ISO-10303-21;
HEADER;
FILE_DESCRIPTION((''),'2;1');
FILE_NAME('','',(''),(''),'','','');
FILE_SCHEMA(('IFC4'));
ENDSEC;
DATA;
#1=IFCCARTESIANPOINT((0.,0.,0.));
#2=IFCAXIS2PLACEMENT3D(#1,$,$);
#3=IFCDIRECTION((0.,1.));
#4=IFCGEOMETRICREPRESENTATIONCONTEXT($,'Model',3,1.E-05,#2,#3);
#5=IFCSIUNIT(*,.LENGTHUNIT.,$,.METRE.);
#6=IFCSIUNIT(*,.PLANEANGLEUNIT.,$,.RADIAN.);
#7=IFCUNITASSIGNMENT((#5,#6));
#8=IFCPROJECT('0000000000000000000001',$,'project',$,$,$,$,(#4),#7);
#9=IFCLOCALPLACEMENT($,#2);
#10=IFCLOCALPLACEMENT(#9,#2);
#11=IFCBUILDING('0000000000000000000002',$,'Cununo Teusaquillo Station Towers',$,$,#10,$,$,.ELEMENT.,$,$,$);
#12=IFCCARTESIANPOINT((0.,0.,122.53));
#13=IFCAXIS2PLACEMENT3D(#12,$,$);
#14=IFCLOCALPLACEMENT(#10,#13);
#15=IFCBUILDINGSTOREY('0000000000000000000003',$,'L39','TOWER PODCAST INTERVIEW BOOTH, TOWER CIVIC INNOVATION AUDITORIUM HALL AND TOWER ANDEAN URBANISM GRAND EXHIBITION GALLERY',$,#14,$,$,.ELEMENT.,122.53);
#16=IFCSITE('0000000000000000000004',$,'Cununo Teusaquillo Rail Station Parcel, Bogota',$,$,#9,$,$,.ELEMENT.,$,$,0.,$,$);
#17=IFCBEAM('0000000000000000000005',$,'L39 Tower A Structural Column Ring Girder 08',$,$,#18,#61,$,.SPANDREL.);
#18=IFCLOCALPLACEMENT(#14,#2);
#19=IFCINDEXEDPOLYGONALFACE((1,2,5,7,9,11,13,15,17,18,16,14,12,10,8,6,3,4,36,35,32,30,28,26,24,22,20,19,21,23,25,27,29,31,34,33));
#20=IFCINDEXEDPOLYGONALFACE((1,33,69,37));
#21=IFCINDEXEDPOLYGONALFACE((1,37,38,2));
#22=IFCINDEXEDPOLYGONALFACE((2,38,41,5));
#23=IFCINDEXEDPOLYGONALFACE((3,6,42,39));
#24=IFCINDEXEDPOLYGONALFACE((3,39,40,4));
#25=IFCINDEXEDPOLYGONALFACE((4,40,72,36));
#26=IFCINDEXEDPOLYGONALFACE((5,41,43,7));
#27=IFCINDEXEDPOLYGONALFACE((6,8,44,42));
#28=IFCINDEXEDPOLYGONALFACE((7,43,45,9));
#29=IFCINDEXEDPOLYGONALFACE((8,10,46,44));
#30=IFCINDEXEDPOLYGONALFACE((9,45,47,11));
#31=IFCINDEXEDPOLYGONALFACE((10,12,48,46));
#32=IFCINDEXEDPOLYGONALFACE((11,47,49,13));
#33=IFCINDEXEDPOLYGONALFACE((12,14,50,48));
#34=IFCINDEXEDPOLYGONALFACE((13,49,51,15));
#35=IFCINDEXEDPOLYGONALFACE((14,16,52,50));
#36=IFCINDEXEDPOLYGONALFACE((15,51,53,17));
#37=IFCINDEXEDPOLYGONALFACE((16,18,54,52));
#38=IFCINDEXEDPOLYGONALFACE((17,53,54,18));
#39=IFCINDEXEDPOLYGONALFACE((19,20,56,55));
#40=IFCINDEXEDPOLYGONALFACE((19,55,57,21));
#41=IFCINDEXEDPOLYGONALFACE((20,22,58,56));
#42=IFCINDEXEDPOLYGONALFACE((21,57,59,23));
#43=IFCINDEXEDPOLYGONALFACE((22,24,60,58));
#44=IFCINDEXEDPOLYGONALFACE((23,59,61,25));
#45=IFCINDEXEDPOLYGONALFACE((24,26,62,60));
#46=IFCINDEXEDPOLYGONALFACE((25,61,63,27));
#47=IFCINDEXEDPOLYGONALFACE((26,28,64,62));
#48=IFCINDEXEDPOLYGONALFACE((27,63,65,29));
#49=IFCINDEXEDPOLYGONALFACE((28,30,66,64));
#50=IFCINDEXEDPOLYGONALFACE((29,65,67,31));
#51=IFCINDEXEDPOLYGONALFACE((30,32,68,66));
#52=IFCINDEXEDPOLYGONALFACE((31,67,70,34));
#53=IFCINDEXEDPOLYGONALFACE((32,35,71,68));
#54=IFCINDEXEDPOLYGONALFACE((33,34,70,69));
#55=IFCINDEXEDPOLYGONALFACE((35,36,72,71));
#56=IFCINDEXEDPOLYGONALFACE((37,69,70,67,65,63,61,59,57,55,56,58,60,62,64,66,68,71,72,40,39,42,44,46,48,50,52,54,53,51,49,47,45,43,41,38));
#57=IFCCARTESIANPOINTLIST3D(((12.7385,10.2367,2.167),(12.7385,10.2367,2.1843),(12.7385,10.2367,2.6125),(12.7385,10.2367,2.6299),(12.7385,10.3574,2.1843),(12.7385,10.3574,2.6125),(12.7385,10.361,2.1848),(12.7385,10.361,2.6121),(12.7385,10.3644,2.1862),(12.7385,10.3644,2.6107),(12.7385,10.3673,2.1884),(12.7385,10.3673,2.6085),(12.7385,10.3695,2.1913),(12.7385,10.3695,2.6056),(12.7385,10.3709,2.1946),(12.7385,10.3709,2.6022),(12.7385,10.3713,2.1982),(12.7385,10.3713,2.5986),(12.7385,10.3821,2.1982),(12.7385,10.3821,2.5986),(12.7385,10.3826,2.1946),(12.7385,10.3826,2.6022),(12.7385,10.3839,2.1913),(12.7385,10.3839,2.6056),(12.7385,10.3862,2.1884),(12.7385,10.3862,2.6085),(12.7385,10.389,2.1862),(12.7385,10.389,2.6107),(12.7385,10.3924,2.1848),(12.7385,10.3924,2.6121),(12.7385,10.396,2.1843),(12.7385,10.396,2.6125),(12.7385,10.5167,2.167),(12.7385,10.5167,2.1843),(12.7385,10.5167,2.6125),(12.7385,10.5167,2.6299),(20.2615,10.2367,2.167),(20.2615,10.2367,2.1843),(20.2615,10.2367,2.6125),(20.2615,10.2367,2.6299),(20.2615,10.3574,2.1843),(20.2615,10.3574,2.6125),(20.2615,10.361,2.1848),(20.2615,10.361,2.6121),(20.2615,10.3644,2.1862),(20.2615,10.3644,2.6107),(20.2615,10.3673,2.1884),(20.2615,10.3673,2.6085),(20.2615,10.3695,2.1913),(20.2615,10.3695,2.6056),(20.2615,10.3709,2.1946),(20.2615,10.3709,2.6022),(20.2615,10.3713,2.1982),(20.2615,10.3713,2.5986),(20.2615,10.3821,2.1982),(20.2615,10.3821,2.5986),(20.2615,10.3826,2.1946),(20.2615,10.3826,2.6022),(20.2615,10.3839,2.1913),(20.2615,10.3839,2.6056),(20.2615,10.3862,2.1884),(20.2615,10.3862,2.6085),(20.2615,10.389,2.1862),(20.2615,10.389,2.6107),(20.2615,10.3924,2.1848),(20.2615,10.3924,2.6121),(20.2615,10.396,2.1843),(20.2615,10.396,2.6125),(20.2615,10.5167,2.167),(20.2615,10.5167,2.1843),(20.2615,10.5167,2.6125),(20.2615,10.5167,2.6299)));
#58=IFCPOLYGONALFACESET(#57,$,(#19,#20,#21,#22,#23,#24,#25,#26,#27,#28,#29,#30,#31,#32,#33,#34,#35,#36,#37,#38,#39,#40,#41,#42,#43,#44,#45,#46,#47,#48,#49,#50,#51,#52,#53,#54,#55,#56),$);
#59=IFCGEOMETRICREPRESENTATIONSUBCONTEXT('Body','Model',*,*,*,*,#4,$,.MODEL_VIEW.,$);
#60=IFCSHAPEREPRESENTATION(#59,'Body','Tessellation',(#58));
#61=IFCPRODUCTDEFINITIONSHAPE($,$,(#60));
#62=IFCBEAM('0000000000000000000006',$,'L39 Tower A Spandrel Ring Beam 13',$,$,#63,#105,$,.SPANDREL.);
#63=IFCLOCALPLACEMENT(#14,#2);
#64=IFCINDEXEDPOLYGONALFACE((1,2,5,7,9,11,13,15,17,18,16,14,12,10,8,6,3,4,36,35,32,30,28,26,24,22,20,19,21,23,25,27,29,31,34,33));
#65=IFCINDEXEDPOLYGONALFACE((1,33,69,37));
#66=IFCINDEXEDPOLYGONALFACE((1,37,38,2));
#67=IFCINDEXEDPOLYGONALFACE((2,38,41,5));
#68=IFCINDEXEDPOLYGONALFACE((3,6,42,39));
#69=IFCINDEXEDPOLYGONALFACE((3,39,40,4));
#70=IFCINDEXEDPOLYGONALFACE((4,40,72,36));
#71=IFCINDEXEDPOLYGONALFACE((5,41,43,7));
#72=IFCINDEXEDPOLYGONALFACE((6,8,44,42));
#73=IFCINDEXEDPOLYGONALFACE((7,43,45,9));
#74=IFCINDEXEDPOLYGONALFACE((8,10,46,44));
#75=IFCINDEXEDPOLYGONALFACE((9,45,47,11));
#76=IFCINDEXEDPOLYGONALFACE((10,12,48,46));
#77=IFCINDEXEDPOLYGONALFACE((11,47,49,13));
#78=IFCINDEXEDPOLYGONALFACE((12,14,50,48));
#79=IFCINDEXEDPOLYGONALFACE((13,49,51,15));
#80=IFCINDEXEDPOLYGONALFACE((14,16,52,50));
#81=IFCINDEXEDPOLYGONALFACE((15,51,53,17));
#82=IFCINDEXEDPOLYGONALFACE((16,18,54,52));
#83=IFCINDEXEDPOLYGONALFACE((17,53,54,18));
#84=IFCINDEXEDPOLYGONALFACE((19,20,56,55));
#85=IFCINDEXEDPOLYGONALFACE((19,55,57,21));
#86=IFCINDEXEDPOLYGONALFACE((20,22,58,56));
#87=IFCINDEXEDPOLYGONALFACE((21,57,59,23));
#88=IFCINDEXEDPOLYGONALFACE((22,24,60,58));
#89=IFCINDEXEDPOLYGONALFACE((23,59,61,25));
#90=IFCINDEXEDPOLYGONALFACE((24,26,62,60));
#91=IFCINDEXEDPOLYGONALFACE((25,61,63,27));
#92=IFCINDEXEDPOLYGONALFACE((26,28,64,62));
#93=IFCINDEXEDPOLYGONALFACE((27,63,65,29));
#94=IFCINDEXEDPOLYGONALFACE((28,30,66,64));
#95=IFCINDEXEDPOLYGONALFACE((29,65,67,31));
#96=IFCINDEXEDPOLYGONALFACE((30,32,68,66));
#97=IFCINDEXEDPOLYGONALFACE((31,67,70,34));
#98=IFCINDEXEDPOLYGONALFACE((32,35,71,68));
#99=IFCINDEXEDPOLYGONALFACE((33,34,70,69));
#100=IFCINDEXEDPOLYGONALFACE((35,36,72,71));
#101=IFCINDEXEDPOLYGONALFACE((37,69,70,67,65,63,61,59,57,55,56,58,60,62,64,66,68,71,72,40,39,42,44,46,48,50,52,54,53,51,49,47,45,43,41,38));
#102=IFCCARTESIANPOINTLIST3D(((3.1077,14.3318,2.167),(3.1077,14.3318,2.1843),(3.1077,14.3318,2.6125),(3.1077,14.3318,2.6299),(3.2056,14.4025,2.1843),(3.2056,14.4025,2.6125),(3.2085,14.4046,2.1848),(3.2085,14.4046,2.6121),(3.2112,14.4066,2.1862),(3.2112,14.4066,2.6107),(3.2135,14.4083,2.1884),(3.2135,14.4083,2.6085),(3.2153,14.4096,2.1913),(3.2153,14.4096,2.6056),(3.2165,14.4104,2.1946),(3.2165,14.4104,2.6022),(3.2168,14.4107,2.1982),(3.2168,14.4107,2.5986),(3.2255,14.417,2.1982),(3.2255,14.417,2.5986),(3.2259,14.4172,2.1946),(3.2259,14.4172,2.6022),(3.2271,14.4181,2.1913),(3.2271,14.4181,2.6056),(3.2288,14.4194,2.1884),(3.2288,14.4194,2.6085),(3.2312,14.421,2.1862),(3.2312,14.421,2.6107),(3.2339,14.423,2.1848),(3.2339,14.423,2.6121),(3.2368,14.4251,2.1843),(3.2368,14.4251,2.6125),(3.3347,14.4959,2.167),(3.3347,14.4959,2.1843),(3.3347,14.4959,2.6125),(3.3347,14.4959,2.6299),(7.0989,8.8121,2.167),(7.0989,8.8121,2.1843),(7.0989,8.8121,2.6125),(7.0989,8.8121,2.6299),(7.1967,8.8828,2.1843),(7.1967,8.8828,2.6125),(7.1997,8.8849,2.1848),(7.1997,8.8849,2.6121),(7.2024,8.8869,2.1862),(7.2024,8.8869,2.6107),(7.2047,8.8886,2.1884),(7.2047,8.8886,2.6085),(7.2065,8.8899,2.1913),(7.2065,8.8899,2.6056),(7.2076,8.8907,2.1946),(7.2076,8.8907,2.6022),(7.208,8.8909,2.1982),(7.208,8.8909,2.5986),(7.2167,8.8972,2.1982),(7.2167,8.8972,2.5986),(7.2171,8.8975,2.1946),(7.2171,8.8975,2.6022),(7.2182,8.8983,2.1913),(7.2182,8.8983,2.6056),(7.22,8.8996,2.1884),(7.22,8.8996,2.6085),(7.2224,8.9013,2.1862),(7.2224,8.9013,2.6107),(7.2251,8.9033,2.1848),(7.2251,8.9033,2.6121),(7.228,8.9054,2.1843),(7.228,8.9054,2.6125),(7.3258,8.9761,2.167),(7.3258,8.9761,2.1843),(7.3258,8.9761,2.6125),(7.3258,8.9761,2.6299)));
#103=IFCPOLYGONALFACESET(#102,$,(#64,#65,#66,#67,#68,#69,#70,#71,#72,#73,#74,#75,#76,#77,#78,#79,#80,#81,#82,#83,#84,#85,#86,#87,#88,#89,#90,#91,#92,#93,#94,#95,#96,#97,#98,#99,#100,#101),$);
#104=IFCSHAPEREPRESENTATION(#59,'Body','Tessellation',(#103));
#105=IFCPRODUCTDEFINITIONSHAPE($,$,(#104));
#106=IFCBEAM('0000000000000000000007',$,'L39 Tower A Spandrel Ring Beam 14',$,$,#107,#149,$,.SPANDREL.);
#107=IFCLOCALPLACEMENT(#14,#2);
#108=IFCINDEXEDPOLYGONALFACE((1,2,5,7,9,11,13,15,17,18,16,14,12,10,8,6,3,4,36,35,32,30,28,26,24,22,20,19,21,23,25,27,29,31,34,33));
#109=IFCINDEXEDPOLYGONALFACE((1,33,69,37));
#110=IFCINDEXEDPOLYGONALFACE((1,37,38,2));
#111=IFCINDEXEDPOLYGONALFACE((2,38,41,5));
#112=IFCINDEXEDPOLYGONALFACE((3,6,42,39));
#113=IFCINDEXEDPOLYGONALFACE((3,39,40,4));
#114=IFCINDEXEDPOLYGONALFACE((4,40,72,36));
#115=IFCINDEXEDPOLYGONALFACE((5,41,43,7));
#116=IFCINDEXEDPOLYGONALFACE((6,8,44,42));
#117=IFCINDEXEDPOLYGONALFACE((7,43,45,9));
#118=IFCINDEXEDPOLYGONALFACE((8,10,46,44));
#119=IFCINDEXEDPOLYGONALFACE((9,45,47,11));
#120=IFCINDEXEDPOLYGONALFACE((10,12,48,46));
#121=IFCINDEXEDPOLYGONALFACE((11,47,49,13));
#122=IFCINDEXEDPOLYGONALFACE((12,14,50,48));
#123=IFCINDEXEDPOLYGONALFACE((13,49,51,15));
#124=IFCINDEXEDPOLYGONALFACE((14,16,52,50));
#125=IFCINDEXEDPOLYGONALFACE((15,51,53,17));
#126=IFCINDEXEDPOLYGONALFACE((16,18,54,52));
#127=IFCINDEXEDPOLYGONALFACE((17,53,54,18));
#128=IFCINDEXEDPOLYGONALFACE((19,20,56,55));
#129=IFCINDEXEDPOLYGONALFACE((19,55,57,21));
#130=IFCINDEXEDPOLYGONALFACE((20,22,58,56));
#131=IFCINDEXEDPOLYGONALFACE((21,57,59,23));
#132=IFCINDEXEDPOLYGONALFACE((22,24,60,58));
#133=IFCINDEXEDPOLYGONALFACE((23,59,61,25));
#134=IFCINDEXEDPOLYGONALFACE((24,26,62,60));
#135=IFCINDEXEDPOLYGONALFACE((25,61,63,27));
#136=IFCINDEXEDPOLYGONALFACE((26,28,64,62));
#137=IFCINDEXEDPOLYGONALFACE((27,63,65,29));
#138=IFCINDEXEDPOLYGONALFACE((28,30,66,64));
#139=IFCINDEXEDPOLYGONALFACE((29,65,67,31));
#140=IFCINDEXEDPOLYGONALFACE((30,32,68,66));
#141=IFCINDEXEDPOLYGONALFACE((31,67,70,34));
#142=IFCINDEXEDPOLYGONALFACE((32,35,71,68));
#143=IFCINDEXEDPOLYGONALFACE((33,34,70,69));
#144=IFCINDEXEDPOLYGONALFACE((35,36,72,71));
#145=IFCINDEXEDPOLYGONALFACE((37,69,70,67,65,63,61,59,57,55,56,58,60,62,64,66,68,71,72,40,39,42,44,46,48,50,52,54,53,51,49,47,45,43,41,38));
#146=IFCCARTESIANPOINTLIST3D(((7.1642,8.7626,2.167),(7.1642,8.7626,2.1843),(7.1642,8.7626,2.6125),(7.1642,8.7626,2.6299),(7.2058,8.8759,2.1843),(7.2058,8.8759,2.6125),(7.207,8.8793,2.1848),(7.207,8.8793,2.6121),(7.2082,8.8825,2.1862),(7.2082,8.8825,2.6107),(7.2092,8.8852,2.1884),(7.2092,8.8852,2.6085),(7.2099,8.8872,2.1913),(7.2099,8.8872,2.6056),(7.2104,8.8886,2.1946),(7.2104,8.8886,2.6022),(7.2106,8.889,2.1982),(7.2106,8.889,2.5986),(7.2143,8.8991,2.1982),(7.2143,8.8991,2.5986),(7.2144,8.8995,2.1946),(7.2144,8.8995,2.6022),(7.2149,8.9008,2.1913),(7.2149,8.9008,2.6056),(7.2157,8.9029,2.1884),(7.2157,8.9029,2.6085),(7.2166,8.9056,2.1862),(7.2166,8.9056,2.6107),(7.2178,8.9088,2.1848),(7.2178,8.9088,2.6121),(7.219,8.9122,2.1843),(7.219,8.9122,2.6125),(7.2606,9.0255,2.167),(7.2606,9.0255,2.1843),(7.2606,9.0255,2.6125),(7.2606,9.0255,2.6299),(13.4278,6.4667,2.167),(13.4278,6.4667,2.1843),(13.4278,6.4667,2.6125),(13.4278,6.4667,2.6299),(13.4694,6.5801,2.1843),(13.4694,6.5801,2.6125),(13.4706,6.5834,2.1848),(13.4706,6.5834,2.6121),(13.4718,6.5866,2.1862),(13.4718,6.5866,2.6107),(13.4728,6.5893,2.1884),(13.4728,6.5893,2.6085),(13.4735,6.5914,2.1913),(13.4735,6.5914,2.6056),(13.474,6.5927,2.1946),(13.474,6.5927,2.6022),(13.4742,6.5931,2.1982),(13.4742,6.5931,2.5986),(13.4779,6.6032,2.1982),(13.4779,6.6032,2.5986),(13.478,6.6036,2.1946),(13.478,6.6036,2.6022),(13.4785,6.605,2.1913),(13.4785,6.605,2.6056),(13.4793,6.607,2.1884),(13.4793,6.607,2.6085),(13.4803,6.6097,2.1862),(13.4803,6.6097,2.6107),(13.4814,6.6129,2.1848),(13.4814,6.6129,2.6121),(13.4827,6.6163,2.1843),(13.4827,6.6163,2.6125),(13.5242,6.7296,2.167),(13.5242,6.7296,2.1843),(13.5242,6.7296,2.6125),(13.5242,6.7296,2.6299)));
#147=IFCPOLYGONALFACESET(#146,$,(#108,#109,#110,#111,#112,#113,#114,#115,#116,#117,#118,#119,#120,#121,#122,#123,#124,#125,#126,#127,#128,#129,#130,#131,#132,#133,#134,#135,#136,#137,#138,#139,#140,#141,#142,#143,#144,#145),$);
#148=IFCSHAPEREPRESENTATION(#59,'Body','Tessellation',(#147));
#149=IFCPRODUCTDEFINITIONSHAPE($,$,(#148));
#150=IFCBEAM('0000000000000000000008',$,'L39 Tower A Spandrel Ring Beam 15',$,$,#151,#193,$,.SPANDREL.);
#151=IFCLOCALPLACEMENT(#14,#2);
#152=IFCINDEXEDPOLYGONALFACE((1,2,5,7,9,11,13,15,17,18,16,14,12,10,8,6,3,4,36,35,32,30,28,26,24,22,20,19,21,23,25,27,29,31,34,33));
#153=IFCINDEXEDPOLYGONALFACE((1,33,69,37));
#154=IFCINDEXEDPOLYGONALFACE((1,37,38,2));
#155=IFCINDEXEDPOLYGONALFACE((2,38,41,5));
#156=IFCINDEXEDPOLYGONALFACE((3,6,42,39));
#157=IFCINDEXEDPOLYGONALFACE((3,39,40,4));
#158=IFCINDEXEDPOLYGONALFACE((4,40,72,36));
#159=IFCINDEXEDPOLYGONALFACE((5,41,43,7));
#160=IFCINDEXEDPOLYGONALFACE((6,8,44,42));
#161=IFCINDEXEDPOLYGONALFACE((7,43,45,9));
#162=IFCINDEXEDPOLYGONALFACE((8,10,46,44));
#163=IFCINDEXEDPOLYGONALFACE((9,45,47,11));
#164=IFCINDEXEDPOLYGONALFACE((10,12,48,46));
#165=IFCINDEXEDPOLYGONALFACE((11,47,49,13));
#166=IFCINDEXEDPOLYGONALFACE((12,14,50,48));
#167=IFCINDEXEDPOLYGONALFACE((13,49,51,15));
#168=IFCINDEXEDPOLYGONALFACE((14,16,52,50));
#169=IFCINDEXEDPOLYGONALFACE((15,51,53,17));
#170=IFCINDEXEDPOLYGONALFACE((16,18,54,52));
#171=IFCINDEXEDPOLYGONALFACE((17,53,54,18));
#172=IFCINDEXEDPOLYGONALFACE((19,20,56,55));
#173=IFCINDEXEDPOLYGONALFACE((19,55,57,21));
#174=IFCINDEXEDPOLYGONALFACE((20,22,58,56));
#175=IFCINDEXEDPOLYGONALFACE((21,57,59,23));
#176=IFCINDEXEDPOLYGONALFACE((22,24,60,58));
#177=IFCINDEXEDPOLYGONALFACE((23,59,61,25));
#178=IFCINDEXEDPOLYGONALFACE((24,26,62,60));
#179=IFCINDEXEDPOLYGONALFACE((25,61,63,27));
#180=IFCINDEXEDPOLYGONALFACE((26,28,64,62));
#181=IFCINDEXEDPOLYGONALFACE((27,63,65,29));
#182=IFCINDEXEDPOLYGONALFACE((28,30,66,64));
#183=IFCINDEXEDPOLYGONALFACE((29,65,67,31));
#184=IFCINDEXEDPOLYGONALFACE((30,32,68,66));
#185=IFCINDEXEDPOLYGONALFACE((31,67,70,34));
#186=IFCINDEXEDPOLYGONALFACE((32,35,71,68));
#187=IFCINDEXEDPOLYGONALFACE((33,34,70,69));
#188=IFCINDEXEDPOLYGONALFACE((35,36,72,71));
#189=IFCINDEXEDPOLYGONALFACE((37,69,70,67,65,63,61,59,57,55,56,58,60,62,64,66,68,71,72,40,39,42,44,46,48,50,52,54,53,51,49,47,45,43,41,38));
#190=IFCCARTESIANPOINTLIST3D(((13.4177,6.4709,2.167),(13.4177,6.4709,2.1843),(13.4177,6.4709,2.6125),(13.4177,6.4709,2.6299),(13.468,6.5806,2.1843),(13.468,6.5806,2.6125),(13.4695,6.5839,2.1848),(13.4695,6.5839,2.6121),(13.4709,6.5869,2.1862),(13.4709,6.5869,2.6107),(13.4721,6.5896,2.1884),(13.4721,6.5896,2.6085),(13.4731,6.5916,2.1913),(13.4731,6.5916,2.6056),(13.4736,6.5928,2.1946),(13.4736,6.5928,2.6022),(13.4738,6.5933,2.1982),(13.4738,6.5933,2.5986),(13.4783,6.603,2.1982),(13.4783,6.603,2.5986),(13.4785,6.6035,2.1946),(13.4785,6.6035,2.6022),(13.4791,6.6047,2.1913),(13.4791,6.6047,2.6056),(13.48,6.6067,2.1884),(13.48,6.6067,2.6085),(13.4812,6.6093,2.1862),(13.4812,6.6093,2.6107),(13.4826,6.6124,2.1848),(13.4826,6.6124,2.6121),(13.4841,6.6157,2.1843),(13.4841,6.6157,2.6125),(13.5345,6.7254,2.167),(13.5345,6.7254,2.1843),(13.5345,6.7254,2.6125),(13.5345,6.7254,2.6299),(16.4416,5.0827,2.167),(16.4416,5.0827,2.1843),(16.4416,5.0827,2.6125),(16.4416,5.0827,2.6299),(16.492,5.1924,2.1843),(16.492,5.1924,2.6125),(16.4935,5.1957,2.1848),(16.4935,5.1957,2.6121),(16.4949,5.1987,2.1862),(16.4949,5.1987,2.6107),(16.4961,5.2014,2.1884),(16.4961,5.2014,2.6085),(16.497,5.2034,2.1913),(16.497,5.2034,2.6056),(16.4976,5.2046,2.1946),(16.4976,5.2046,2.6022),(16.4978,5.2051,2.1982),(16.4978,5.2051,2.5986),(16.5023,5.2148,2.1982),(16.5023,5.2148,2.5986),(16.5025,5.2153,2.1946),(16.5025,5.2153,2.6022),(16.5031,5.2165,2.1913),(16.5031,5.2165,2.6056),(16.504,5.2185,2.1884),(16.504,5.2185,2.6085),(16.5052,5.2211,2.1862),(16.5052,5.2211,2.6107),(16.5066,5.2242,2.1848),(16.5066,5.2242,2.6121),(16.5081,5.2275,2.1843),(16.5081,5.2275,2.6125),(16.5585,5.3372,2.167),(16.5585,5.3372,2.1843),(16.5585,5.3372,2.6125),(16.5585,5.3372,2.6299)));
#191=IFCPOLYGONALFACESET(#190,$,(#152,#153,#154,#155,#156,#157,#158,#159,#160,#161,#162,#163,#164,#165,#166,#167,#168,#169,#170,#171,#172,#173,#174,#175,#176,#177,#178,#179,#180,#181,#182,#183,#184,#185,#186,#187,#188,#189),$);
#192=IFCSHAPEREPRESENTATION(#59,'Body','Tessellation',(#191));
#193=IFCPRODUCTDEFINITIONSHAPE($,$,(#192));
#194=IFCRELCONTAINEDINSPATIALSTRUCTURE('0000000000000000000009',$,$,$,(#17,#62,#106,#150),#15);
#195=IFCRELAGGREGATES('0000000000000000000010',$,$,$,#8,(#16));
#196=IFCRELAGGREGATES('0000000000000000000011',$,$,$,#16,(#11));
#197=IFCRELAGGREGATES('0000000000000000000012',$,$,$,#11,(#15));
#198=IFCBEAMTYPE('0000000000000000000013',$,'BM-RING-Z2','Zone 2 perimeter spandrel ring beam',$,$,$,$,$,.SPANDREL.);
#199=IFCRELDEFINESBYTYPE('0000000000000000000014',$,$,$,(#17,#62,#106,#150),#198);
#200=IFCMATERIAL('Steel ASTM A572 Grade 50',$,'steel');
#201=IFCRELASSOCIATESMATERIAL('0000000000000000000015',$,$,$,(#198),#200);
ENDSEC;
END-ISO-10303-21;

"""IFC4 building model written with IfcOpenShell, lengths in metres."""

from ifc_helpers import new_model, si_unit, direction, frame, origin, origin_2d, place, context, subcontext, project, spatial, i_section, extrude, material, material_profile, profile_set, type_object, element, save


model = new_model("IFC4")

# Units and contexts
model_context = context("Model", 3, precision=1e-05, world=origin(), true_north=direction((0.0, 1.0)))
body_context = subcontext(model_context, "Body", "Model", "MODEL_VIEW")
ifc_project = project(units=[si_unit("LENGTHUNIT", "METRE"), si_unit("PLANEANGLEUNIT", "RADIAN")], contexts=[model_context])

# Site, building, storey
site_placement = place(None, origin())
site = spatial("IfcSite", under=ifc_project, at=site_placement, Name="Cununo Teusaquillo Rail Station Parcel, Bogota", CompositionType="ELEMENT", RefElevation=0.0)
building_placement = place(site_placement, origin())
building = spatial("IfcBuilding", under=site, at=building_placement, Name="Cununo Teusaquillo Station Towers", CompositionType="ELEMENT")
storey_placement = place(building_placement, frame((0.0, 0.0, 122.53)))
storey = spatial("IfcBuildingStorey", under=building, at=storey_placement, Name="L39", Description="TOWER PODCAST INTERVIEW BOOTH, TOWER CIVIC INNOVATION AUDITORIUM HALL AND TOWER ANDEAN URBANISM GRAND EXHIBITION GALLERY", CompositionType="ELEMENT", Elevation=122.53)

# Beams
ifc_material_1 = material(Name="Steel ASTM A572 Grade 50", Category="steel")
ifc_material_profile_1 = material_profile(ifc_material_1, i_section(OverallWidth=0.28, OverallDepth=0.4629, WebThickness=0.0107, FlangeThickness=0.0173, FilletRadius=0.0139, at=origin_2d()), Name="W18X76")
ifc_profile_set_1 = profile_set([ifc_material_profile_1], Name="Steel ASTM A572 Grade 50")
beam_type = type_object("IfcBeamType", Name="BM-RING-Z2", Description="Zone 2 perimeter spandrel ring beam", PredefinedType="SPANDREL", material=ifc_profile_set_1)
beam_1_placement = place(storey_placement, frame((12.7385, 10.3767, 2.3984), z_axis=(1.0, 0.0, 0.0), x_axis=(0.0, 1.0, 0.0)))
element("IfcBeam", 1, at=beam_1_placement, inside=storey, type_object=beam_type, Name="L39 Tower A Structural Column Ring Girder 08", PredefinedType="SPANDREL", context=body_context, shape_type="SweptSolid", body=[
    extrude(i_section(OverallWidth=0.28, OverallDepth=0.4629, WebThickness=0.0107, FlangeThickness=0.0173, FilletRadius=0.0139, at=origin_2d()), origin(), (0.0, 0.0, 1.0), 7.5229),
])
beam_2_placement = place(storey_placement, frame((3.2212, 14.4138, 2.3984), z_axis=(0.585945, -0.810351, 0.0), x_axis=(0.810351, 0.585945, 0.0)))
element("IfcBeam", 2, at=beam_2_placement, inside=storey, type_object=beam_type, Name="L39 Tower A Spandrel Ring Beam 13", PredefinedType="SPANDREL", context=body_context, shape_type="SweptSolid", body=[
    extrude(i_section(OverallWidth=0.28, OverallDepth=0.4629, WebThickness=0.0107, FlangeThickness=0.0173, FilletRadius=0.0139, at=origin_2d()), origin(), (0.0, 0.0, 1.0), 6.8115),
])
beam_3_placement = place(storey_placement, frame((7.2124, 8.894, 2.3984), z_axis=(0.938914, -0.344151, 0.0), x_axis=(0.344151, 0.938914, 0.0)))
element("IfcBeam", 3, at=beam_3_placement, inside=storey, type_object=beam_type, Name="L39 Tower A Spandrel Ring Beam 14", PredefinedType="SPANDREL", context=body_context, shape_type="SweptSolid", body=[
    extrude(i_section(OverallWidth=0.28, OverallDepth=0.4629, WebThickness=0.0107, FlangeThickness=0.0173, FilletRadius=0.0139, at=origin_2d()), origin(), (0.0, 0.0, 1.0), 6.6711),
])
beam_4_placement = place(storey_placement, frame((13.4761, 6.5981, 2.3984), z_axis=(0.908812, -0.417205, 0.0), x_axis=(0.417205, 0.908812, 0.0)))
element("IfcBeam", 4, at=beam_4_placement, inside=storey, type_object=beam_type, Name="L39 Tower A Spandrel Ring Beam 15", PredefinedType="SPANDREL", context=body_context, shape_type="SweptSolid", body=[
    extrude(i_section(OverallWidth=0.28, OverallDepth=0.4629, WebThickness=0.0107, FlangeThickness=0.0173, FilletRadius=0.0139, at=origin_2d()), origin(), (0.0, 0.0, 1.0), 3.3274),
])

save(model, "model.ifc")
